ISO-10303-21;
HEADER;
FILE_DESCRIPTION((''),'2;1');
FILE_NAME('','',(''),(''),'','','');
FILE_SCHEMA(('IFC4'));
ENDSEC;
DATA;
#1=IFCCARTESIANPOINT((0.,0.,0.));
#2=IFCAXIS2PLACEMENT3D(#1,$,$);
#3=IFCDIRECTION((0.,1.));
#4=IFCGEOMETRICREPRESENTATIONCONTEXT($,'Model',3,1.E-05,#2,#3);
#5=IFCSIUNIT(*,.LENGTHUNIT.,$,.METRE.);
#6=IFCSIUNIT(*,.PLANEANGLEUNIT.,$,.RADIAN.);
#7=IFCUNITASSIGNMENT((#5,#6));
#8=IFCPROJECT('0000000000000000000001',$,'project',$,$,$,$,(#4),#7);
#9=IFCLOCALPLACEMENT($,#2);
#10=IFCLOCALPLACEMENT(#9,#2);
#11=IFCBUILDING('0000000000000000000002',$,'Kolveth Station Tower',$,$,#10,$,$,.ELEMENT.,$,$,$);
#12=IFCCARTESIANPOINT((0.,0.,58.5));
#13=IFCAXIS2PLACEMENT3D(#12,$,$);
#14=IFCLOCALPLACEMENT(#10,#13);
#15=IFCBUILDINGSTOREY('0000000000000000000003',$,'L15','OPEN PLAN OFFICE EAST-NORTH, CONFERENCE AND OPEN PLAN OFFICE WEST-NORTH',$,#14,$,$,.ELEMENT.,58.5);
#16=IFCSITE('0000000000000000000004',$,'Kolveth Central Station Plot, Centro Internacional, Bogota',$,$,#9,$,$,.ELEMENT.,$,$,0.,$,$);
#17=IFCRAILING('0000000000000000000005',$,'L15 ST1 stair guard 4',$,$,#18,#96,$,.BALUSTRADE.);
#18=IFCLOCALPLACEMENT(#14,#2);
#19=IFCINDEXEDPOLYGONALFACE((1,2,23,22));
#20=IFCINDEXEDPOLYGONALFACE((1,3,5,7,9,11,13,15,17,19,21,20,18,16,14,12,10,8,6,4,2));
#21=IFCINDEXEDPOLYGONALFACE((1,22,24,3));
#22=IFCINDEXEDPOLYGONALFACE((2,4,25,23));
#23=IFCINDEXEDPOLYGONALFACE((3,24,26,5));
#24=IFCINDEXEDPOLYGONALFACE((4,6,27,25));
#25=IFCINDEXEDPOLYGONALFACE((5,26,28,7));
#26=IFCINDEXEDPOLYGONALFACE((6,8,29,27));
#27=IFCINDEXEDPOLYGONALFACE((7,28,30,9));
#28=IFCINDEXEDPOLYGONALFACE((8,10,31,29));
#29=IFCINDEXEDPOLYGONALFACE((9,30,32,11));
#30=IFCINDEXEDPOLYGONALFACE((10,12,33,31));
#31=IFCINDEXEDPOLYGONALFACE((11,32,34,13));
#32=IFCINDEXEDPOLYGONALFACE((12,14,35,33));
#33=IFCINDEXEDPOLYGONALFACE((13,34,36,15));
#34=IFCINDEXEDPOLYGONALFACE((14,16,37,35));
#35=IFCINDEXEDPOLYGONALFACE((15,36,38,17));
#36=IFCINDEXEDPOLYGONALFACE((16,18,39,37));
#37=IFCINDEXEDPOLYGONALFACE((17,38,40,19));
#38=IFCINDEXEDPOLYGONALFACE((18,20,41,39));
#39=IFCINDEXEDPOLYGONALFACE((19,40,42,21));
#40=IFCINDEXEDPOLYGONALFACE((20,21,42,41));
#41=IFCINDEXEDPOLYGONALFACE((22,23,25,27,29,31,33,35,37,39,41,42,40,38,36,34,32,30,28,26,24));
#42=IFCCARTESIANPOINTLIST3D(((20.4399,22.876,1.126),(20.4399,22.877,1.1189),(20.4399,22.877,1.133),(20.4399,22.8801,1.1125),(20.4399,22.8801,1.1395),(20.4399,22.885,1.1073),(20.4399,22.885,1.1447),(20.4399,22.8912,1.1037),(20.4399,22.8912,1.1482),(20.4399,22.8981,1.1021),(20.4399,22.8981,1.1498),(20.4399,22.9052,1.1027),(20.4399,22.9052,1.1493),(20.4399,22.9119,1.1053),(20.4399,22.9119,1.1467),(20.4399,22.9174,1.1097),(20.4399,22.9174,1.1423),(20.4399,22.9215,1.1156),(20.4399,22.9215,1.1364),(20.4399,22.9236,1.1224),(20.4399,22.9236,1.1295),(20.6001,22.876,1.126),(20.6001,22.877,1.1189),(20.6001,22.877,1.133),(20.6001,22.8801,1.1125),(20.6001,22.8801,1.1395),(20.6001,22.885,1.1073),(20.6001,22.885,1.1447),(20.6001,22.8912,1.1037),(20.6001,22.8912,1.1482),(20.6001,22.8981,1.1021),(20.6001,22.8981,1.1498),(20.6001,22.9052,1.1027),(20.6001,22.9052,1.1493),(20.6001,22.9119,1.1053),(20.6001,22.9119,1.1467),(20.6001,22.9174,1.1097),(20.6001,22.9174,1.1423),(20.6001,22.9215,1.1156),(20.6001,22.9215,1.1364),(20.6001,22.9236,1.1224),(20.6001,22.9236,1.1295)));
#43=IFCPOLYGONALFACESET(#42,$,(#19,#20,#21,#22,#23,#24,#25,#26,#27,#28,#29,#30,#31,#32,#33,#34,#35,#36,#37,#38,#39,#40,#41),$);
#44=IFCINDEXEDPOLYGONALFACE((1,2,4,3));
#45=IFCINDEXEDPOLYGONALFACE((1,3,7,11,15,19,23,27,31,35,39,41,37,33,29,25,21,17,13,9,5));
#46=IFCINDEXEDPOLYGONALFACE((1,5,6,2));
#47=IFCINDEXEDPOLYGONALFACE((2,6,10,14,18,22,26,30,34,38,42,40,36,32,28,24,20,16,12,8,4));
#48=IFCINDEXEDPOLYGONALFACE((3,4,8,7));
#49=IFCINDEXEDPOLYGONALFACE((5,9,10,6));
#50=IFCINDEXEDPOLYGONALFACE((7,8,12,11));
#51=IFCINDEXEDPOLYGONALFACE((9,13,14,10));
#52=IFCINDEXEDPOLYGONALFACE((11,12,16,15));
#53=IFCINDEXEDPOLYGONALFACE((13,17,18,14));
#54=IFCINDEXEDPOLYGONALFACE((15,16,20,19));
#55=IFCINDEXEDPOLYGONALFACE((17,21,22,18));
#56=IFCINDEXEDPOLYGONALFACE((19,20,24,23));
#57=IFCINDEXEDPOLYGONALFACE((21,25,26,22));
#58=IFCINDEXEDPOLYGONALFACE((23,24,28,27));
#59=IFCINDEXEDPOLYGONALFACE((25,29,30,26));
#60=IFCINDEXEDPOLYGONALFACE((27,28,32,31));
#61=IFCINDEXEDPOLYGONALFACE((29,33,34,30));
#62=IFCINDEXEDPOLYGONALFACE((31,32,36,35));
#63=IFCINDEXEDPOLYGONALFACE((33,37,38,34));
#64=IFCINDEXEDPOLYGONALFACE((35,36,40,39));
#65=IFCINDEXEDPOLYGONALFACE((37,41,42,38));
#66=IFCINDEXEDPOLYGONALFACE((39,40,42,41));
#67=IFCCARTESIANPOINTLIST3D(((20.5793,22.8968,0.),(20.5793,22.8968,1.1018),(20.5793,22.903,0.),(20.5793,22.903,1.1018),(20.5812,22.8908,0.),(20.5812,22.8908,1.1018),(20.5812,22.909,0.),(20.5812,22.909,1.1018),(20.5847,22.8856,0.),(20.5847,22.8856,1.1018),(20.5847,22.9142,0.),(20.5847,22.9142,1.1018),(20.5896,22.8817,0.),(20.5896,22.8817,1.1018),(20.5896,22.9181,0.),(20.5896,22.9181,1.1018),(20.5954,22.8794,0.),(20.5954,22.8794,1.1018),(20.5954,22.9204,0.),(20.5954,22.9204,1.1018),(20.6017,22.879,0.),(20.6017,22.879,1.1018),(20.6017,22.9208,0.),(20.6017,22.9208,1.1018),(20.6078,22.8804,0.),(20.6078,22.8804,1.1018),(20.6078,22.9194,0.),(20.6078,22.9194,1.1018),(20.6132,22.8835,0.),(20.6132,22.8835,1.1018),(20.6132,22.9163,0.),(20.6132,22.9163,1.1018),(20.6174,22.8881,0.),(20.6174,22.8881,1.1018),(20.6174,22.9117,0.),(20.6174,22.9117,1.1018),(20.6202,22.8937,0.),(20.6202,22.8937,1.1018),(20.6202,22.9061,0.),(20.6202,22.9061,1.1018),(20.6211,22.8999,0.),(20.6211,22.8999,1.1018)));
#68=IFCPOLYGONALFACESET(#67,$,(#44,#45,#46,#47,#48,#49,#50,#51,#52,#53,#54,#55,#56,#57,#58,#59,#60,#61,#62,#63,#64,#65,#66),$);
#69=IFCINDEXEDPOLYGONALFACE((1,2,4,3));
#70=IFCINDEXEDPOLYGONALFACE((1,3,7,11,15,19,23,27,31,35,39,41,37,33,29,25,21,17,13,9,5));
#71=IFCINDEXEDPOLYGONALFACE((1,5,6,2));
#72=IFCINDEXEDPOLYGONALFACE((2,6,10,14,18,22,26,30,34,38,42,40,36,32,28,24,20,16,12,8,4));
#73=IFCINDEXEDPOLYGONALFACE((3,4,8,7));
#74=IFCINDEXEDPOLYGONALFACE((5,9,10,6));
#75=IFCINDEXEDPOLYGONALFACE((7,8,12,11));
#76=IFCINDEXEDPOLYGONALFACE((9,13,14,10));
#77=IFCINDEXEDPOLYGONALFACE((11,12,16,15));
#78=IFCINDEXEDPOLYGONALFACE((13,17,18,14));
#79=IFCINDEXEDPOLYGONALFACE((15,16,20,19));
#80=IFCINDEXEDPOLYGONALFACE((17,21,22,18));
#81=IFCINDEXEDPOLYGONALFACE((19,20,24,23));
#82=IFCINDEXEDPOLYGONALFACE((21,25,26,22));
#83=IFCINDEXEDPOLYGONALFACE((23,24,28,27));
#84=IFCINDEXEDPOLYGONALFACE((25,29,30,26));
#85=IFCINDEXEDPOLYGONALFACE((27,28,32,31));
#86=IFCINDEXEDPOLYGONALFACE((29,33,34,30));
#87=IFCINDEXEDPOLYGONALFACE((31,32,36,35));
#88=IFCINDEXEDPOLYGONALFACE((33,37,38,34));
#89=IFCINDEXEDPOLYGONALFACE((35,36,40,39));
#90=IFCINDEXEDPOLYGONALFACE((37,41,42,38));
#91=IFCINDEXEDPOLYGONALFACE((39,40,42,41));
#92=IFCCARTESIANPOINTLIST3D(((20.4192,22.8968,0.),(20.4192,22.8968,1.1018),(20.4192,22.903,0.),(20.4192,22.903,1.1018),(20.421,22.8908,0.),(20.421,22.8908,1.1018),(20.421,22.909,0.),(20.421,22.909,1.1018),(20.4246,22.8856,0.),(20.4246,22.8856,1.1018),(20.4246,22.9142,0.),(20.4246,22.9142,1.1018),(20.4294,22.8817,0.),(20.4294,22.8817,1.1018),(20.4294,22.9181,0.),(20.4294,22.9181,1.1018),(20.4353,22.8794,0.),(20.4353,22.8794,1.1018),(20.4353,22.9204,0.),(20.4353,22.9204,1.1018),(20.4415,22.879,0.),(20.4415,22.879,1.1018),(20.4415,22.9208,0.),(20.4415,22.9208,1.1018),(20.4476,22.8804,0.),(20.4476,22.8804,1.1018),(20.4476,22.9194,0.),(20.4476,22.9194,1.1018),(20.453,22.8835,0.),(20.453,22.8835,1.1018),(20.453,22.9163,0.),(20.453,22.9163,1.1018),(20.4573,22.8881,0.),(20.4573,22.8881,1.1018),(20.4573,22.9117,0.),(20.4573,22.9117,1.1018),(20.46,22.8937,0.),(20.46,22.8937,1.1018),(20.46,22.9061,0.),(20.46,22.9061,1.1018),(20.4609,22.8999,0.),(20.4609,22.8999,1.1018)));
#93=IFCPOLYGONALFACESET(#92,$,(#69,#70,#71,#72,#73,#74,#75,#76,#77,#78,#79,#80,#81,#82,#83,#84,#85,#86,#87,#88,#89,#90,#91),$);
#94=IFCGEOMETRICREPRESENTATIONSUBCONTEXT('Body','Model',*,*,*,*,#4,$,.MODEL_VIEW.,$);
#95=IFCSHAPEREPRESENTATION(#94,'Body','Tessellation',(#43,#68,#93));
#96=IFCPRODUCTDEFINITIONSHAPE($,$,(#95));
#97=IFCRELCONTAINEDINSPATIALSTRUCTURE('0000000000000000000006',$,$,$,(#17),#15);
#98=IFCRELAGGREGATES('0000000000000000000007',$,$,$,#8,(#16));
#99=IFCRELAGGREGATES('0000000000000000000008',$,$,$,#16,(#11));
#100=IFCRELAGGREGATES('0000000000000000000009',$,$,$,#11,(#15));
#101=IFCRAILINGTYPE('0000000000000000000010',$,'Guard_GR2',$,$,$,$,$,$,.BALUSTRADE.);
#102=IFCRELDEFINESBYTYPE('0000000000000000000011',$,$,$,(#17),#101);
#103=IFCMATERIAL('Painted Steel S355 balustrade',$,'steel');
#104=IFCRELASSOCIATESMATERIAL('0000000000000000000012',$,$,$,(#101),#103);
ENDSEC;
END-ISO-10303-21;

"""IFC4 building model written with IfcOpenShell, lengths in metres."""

from ifc_helpers import new_model, si_unit, direction, frame, origin, origin_2d, place, context, subcontext, project, spatial, circle, extrude, material, type_object, element, save


model = new_model("IFC4")

# Units and contexts
model_context = context("Model", 3, precision=1e-05, world=origin(), true_north=direction((0.0, 1.0)))
body_context = subcontext(model_context, "Body", "Model", "MODEL_VIEW")
ifc_project = project(units=[si_unit("LENGTHUNIT", "METRE"), si_unit("PLANEANGLEUNIT", "RADIAN")], contexts=[model_context])

# Site, building, storey
site_placement = place(None, origin())
site = spatial("IfcSite", under=ifc_project, at=site_placement, Name="Kolveth Central Station Plot, Centro Internacional, Bogota", CompositionType="ELEMENT", RefElevation=0.0)
building_placement = place(site_placement, origin())
building = spatial("IfcBuilding", under=site, at=building_placement, Name="Kolveth Station Tower", CompositionType="ELEMENT")
storey_placement = place(building_placement, frame((0.0, 0.0, 58.5)))
storey = spatial("IfcBuildingStorey", under=building, at=storey_placement, Name="L15", Description="OPEN PLAN OFFICE EAST-NORTH, CONFERENCE AND OPEN PLAN OFFICE WEST-NORTH", CompositionType="ELEMENT", Elevation=58.5)

# Railing
ifc_material_1 = material(Name="Painted Steel S355 balustrade", Category="steel")
railing_type_1 = type_object("IfcRailingType", Name="Guard_GR2", PredefinedType="BALUSTRADE", material=ifc_material_1)
railing_1_placement = place(storey_placement, frame((20.6001, 22.8999, 0.0)))
element("IfcRailing", 1, at=railing_1_placement, inside=storey, type_object=railing_type_1, Name="L15 ST1 stair guard 4", PredefinedType="BALUSTRADE", context=body_context, shape_type="SweptSolid", body=[
    extrude(circle(Radius=0.0239, at=origin_2d()), frame((0.0, 0.0, 1.126), z_axis=(-1.0, 0.0, 0.0), x_axis=(0.0, -1.0, 0.0)), (0.0, 0.0, 1.0), 0.1602),
    extrude(circle(Radius=0.021, at=origin_2d()), origin(), (0.0, 0.0, 1.0), 1.1018),
    extrude(circle(Radius=0.021, at=origin_2d()), frame((-0.1602, 0.0, 0.0)), (0.0, 0.0, 1.0), 1.1018),
])

save(model, "model.ifc")
